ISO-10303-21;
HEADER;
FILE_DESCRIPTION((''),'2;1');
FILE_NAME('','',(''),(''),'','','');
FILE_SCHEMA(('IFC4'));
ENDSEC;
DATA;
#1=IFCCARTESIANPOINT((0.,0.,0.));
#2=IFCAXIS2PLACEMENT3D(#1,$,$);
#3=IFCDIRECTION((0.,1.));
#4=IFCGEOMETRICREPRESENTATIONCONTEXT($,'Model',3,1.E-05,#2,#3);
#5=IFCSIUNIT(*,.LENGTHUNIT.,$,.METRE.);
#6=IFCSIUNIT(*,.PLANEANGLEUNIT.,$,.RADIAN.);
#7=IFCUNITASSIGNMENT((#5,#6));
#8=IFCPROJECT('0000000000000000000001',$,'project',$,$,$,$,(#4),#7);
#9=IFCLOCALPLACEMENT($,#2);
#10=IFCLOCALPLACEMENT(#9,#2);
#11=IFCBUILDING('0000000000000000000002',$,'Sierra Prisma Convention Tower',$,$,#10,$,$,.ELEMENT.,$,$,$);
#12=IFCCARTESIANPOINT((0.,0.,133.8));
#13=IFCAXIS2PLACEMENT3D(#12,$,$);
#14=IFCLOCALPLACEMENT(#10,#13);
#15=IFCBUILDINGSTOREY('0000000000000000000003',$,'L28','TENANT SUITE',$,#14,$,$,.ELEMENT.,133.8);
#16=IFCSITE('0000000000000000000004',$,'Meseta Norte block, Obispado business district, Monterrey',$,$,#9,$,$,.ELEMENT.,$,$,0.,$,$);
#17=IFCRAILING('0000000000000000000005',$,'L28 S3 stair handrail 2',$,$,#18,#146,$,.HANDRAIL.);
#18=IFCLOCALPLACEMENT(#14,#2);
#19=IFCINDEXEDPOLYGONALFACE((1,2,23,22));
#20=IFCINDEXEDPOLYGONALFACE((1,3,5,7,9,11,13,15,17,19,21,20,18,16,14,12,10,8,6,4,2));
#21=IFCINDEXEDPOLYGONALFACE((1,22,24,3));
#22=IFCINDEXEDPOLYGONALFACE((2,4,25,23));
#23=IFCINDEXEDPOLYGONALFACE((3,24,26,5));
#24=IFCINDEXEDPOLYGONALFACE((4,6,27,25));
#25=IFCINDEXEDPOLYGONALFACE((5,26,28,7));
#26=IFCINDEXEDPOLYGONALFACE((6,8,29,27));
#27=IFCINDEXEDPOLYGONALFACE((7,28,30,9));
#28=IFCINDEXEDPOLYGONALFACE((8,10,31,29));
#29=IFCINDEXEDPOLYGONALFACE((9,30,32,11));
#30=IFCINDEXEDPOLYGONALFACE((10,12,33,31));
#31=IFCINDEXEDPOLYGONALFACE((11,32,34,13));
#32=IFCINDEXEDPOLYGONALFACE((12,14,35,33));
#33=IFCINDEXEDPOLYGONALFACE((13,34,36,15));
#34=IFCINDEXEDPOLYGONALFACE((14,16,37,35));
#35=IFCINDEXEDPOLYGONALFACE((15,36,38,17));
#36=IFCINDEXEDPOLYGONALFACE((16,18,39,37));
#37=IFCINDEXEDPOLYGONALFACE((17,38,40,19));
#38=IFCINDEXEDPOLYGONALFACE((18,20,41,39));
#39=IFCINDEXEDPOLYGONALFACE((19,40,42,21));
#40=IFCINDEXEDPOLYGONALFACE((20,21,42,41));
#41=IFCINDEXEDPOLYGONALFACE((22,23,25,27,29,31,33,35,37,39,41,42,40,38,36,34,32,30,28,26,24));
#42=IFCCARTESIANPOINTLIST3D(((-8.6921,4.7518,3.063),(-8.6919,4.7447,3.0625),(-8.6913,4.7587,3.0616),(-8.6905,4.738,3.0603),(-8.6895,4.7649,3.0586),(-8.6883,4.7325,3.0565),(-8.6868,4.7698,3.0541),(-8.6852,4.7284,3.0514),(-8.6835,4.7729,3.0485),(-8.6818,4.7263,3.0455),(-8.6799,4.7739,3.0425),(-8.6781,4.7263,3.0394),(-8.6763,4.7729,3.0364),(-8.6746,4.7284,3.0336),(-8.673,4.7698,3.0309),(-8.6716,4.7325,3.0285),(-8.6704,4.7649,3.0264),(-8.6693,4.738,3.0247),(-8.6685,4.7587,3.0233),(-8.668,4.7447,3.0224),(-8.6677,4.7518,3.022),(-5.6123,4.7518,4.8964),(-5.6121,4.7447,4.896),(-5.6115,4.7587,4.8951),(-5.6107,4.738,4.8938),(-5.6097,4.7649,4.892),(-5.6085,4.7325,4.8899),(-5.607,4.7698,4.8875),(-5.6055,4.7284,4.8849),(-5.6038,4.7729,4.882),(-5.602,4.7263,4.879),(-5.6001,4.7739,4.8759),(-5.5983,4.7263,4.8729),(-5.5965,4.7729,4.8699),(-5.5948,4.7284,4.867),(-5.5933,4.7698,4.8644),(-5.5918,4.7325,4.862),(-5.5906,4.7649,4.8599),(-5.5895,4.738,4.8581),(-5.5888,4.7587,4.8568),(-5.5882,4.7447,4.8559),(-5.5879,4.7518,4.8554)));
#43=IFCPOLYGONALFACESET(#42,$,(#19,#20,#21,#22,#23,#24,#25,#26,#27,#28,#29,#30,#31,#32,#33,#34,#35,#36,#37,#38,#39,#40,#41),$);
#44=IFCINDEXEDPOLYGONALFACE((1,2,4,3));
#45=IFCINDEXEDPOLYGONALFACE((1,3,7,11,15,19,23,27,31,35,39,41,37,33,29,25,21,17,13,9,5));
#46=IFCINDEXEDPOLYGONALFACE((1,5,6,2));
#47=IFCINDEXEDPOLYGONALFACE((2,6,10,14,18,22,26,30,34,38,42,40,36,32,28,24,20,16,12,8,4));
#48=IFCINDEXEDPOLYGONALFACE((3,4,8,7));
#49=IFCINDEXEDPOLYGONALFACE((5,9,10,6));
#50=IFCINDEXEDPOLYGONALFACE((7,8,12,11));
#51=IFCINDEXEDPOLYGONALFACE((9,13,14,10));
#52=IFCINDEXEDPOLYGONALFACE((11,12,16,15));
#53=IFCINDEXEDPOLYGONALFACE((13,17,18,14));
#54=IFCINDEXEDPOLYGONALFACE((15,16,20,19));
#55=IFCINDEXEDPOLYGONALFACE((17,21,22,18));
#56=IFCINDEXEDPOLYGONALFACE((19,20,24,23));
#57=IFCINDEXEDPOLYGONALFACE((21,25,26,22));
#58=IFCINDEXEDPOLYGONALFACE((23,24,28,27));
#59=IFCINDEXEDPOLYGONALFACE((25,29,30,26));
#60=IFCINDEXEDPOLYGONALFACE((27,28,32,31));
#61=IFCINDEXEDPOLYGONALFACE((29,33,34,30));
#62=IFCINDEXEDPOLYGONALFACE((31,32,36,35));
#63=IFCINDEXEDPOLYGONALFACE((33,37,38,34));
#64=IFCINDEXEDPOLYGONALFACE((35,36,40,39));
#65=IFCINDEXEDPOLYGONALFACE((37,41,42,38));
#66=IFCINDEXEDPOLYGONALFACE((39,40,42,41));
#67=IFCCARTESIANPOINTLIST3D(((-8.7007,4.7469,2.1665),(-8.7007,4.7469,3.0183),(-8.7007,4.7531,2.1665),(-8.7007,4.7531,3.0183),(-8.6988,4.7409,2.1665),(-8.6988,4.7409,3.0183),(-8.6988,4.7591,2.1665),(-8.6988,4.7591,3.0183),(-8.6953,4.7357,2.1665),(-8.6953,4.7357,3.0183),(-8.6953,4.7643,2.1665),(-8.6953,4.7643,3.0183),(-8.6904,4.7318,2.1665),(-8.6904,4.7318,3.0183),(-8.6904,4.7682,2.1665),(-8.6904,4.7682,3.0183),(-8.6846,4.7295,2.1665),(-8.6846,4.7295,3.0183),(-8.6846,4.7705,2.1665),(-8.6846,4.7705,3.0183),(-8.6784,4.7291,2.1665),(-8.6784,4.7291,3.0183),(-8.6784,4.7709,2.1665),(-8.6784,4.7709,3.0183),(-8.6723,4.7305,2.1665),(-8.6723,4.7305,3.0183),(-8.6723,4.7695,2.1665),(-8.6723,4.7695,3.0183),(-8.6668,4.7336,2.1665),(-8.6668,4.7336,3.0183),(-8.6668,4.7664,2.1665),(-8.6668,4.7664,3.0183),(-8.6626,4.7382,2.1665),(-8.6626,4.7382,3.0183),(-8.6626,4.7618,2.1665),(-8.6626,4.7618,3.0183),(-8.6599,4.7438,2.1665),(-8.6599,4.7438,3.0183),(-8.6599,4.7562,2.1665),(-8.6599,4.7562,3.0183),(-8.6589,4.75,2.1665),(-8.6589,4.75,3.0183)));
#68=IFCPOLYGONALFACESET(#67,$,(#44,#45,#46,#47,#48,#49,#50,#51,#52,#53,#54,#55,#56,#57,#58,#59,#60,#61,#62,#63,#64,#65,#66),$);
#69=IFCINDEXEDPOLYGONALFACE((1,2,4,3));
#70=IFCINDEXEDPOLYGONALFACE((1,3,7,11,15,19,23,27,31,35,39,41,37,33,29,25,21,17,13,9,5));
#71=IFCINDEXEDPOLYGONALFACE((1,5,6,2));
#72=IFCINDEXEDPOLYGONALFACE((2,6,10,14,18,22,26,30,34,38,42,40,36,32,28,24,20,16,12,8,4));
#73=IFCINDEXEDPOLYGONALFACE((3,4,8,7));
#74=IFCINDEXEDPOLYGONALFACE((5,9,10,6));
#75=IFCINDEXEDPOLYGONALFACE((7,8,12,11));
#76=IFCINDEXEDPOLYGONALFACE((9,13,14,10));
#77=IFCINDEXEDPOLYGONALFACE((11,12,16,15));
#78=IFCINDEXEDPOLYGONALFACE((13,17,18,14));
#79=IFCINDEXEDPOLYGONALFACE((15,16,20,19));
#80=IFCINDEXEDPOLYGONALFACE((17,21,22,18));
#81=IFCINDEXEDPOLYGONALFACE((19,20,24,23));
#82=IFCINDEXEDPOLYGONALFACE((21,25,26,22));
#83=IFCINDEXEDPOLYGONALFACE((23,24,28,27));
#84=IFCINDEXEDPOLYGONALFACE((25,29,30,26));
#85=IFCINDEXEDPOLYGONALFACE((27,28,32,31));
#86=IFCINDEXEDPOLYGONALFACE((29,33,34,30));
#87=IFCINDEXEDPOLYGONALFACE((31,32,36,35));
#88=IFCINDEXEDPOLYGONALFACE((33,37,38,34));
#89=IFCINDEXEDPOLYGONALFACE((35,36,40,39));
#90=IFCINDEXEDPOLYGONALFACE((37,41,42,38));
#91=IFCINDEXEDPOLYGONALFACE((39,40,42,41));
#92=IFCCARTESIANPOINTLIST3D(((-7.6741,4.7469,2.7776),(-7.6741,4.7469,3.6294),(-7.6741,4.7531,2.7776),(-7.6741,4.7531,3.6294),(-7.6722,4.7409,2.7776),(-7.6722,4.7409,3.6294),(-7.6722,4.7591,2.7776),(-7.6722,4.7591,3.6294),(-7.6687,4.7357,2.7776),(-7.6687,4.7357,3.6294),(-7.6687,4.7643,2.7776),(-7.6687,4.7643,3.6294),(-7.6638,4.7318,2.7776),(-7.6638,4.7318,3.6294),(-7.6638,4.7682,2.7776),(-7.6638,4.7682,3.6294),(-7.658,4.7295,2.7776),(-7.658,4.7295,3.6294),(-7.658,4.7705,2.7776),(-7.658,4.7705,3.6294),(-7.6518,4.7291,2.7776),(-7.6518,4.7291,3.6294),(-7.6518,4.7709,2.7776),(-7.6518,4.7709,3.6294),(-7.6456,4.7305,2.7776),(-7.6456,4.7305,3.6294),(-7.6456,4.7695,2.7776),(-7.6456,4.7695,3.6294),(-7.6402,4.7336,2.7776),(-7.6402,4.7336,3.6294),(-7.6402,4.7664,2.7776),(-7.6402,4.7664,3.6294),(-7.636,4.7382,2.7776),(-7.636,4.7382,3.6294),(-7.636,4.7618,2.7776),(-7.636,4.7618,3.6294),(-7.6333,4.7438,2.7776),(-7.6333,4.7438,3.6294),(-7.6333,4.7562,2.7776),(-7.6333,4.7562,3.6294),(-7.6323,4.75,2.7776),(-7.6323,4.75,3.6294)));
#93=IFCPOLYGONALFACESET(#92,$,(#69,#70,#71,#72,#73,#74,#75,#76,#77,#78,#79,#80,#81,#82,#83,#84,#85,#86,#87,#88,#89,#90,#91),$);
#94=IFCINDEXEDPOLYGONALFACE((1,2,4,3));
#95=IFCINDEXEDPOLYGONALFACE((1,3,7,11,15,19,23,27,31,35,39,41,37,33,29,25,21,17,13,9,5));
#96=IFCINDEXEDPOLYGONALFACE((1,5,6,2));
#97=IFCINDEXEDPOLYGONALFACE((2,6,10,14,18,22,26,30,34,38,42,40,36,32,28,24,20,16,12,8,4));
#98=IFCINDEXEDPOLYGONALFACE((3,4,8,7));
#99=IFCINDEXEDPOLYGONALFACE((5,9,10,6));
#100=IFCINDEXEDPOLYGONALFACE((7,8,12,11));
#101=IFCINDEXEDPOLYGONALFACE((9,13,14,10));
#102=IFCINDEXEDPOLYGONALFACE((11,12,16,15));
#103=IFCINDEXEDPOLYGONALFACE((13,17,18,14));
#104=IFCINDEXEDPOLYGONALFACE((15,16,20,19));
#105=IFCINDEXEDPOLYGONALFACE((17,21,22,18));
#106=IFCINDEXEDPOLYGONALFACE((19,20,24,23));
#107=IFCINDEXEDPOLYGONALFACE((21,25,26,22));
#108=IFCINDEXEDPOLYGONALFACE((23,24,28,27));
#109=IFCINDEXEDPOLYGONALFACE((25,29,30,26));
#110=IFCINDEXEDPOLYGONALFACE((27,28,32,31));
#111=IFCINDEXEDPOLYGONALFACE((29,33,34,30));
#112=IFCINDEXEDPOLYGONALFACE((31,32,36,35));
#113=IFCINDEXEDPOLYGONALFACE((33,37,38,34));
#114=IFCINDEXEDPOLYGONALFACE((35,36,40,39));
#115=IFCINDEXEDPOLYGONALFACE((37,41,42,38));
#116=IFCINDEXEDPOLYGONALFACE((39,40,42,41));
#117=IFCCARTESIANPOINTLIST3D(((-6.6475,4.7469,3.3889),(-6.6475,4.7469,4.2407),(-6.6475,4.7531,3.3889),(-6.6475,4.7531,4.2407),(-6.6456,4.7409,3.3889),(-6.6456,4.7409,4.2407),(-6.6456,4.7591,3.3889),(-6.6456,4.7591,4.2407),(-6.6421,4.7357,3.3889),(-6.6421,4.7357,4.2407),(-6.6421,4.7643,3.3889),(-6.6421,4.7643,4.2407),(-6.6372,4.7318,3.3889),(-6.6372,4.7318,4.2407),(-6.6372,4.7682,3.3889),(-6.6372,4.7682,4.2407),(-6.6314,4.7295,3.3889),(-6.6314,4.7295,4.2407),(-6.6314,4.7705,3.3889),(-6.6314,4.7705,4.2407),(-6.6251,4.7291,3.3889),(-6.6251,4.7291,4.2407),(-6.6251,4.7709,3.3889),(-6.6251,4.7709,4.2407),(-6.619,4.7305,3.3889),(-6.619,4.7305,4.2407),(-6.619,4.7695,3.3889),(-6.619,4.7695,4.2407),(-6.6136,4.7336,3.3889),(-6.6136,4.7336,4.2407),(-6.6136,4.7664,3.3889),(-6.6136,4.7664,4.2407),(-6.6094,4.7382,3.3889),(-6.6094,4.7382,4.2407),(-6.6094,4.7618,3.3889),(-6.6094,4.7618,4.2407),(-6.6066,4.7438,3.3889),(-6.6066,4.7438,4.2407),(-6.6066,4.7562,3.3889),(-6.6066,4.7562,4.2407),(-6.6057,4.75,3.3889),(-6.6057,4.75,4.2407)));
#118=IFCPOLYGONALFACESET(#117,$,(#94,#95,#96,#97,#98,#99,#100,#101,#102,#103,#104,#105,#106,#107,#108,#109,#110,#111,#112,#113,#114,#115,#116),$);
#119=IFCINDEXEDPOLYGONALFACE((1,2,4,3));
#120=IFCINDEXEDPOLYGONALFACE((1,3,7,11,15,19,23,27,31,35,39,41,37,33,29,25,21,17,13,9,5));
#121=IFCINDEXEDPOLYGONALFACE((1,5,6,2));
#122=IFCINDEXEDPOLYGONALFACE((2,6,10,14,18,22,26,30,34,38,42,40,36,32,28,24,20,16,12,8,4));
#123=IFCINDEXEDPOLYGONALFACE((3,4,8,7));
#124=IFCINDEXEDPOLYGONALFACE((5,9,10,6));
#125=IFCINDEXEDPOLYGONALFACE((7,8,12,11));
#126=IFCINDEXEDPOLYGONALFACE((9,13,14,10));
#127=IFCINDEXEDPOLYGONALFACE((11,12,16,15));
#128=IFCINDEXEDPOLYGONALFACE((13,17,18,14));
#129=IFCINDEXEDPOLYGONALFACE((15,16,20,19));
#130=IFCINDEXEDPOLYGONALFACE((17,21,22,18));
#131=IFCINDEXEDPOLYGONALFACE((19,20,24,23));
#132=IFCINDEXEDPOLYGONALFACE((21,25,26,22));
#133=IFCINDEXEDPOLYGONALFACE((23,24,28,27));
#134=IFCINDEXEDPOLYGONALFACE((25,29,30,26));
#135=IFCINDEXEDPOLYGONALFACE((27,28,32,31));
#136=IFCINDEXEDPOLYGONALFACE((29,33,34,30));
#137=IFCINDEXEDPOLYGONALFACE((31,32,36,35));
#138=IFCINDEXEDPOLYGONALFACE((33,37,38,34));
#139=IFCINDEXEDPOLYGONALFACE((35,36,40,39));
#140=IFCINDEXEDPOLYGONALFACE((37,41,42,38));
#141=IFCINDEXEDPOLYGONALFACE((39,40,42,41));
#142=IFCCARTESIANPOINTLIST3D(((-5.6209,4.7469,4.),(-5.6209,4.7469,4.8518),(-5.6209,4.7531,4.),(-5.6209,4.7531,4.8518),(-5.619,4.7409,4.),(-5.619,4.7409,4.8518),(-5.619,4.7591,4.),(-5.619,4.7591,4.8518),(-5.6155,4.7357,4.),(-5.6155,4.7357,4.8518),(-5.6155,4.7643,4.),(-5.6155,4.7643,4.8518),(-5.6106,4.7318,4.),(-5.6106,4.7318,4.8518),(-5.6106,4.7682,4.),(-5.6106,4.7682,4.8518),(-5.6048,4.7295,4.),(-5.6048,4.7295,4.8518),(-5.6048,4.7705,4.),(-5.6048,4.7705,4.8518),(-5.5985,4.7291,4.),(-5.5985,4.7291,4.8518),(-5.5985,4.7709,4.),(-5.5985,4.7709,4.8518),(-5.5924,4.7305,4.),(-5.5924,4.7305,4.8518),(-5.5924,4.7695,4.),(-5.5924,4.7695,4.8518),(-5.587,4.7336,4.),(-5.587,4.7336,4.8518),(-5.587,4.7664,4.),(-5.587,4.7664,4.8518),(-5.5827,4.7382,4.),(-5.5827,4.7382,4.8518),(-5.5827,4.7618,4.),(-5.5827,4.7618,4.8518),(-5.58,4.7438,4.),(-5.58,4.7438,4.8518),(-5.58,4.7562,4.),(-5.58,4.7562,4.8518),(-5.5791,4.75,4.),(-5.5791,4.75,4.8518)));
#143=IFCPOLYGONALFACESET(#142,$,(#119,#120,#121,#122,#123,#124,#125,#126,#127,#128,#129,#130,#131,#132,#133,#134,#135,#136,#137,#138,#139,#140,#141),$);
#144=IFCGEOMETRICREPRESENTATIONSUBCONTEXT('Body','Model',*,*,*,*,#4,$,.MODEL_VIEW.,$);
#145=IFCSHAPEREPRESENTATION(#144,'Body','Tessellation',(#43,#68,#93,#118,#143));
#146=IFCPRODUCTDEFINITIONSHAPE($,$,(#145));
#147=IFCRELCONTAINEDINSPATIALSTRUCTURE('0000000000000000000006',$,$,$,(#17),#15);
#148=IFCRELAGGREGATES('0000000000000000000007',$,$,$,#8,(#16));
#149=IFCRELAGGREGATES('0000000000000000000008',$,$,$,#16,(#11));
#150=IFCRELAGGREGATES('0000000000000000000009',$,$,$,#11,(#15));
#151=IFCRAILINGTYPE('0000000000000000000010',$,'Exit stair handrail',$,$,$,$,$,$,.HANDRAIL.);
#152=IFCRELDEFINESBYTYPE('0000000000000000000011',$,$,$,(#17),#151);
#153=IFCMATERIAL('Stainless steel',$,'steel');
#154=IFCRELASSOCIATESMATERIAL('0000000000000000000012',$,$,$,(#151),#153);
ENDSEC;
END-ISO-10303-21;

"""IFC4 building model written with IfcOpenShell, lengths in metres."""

from ifc_helpers import new_model, si_unit, direction, frame, origin, origin_2d, place, context, subcontext, project, spatial, circle, extrude, material, type_object, element, save


model = new_model("IFC4")

# Units and contexts
model_context = context("Model", 3, precision=1e-05, world=origin(), true_north=direction((0.0, 1.0)))
body_context = subcontext(model_context, "Body", "Model", "MODEL_VIEW")
ifc_project = project(units=[si_unit("LENGTHUNIT", "METRE"), si_unit("PLANEANGLEUNIT", "RADIAN")], contexts=[model_context])

# Site, building, storey
site_placement = place(None, origin())
site = spatial("IfcSite", under=ifc_project, at=site_placement, Name="Meseta Norte block, Obispado business district, Monterrey", CompositionType="ELEMENT", RefElevation=0.0)
building_placement = place(site_placement, origin())
building = spatial("IfcBuilding", under=site, at=building_placement, Name="Sierra Prisma Convention Tower", CompositionType="ELEMENT")
storey_placement = place(building_placement, frame((0.0, 0.0, 133.8)))
storey = spatial("IfcBuildingStorey", under=building, at=storey_placement, Name="L28", Description="TENANT SUITE", CompositionType="ELEMENT", Elevation=133.8)

# Railing
ifc_material_1 = material(Name="Stainless steel", Category="steel")
railing_type_1 = type_object("IfcRailingType", Name="Exit stair handrail", PredefinedType="HANDRAIL", material=ifc_material_1)
railing_1_placement = place(storey_placement, frame((-8.6799, 4.75, 2.1665)))
element("IfcRailing", 1, at=railing_1_placement, inside=storey, type_object=railing_type_1, Name="L28 S3 stair handrail 2", PredefinedType="HANDRAIL", context=body_context, shape_type="SweptSolid", body=[
    extrude(circle(Radius=0.0239, at=origin_2d()), frame((0.0, 0.0, 0.876), z_axis=(0.859261, 0.0, 0.511538), x_axis=(0.0, 1.0, 0.0)), (0.0, 0.0, 1.0), 3.5842),
    extrude(circle(Radius=0.021, at=origin_2d()), origin(), (0.0, 0.0, 1.0), 0.8518),
    extrude(circle(Radius=0.021, at=origin_2d()), frame((1.0266, 0.0, 0.6111)), (0.0, 0.0, 1.0), 0.8518),
    extrude(circle(Radius=0.021, at=origin_2d()), frame((2.0532, 0.0, 1.2224)), (0.0, 0.0, 1.0), 0.8518),
    extrude(circle(Radius=0.021, at=origin_2d()), frame((3.0798, 0.0, 1.8335)), (0.0, 0.0, 1.0), 0.8518),
])

save(model, "model.ifc")
